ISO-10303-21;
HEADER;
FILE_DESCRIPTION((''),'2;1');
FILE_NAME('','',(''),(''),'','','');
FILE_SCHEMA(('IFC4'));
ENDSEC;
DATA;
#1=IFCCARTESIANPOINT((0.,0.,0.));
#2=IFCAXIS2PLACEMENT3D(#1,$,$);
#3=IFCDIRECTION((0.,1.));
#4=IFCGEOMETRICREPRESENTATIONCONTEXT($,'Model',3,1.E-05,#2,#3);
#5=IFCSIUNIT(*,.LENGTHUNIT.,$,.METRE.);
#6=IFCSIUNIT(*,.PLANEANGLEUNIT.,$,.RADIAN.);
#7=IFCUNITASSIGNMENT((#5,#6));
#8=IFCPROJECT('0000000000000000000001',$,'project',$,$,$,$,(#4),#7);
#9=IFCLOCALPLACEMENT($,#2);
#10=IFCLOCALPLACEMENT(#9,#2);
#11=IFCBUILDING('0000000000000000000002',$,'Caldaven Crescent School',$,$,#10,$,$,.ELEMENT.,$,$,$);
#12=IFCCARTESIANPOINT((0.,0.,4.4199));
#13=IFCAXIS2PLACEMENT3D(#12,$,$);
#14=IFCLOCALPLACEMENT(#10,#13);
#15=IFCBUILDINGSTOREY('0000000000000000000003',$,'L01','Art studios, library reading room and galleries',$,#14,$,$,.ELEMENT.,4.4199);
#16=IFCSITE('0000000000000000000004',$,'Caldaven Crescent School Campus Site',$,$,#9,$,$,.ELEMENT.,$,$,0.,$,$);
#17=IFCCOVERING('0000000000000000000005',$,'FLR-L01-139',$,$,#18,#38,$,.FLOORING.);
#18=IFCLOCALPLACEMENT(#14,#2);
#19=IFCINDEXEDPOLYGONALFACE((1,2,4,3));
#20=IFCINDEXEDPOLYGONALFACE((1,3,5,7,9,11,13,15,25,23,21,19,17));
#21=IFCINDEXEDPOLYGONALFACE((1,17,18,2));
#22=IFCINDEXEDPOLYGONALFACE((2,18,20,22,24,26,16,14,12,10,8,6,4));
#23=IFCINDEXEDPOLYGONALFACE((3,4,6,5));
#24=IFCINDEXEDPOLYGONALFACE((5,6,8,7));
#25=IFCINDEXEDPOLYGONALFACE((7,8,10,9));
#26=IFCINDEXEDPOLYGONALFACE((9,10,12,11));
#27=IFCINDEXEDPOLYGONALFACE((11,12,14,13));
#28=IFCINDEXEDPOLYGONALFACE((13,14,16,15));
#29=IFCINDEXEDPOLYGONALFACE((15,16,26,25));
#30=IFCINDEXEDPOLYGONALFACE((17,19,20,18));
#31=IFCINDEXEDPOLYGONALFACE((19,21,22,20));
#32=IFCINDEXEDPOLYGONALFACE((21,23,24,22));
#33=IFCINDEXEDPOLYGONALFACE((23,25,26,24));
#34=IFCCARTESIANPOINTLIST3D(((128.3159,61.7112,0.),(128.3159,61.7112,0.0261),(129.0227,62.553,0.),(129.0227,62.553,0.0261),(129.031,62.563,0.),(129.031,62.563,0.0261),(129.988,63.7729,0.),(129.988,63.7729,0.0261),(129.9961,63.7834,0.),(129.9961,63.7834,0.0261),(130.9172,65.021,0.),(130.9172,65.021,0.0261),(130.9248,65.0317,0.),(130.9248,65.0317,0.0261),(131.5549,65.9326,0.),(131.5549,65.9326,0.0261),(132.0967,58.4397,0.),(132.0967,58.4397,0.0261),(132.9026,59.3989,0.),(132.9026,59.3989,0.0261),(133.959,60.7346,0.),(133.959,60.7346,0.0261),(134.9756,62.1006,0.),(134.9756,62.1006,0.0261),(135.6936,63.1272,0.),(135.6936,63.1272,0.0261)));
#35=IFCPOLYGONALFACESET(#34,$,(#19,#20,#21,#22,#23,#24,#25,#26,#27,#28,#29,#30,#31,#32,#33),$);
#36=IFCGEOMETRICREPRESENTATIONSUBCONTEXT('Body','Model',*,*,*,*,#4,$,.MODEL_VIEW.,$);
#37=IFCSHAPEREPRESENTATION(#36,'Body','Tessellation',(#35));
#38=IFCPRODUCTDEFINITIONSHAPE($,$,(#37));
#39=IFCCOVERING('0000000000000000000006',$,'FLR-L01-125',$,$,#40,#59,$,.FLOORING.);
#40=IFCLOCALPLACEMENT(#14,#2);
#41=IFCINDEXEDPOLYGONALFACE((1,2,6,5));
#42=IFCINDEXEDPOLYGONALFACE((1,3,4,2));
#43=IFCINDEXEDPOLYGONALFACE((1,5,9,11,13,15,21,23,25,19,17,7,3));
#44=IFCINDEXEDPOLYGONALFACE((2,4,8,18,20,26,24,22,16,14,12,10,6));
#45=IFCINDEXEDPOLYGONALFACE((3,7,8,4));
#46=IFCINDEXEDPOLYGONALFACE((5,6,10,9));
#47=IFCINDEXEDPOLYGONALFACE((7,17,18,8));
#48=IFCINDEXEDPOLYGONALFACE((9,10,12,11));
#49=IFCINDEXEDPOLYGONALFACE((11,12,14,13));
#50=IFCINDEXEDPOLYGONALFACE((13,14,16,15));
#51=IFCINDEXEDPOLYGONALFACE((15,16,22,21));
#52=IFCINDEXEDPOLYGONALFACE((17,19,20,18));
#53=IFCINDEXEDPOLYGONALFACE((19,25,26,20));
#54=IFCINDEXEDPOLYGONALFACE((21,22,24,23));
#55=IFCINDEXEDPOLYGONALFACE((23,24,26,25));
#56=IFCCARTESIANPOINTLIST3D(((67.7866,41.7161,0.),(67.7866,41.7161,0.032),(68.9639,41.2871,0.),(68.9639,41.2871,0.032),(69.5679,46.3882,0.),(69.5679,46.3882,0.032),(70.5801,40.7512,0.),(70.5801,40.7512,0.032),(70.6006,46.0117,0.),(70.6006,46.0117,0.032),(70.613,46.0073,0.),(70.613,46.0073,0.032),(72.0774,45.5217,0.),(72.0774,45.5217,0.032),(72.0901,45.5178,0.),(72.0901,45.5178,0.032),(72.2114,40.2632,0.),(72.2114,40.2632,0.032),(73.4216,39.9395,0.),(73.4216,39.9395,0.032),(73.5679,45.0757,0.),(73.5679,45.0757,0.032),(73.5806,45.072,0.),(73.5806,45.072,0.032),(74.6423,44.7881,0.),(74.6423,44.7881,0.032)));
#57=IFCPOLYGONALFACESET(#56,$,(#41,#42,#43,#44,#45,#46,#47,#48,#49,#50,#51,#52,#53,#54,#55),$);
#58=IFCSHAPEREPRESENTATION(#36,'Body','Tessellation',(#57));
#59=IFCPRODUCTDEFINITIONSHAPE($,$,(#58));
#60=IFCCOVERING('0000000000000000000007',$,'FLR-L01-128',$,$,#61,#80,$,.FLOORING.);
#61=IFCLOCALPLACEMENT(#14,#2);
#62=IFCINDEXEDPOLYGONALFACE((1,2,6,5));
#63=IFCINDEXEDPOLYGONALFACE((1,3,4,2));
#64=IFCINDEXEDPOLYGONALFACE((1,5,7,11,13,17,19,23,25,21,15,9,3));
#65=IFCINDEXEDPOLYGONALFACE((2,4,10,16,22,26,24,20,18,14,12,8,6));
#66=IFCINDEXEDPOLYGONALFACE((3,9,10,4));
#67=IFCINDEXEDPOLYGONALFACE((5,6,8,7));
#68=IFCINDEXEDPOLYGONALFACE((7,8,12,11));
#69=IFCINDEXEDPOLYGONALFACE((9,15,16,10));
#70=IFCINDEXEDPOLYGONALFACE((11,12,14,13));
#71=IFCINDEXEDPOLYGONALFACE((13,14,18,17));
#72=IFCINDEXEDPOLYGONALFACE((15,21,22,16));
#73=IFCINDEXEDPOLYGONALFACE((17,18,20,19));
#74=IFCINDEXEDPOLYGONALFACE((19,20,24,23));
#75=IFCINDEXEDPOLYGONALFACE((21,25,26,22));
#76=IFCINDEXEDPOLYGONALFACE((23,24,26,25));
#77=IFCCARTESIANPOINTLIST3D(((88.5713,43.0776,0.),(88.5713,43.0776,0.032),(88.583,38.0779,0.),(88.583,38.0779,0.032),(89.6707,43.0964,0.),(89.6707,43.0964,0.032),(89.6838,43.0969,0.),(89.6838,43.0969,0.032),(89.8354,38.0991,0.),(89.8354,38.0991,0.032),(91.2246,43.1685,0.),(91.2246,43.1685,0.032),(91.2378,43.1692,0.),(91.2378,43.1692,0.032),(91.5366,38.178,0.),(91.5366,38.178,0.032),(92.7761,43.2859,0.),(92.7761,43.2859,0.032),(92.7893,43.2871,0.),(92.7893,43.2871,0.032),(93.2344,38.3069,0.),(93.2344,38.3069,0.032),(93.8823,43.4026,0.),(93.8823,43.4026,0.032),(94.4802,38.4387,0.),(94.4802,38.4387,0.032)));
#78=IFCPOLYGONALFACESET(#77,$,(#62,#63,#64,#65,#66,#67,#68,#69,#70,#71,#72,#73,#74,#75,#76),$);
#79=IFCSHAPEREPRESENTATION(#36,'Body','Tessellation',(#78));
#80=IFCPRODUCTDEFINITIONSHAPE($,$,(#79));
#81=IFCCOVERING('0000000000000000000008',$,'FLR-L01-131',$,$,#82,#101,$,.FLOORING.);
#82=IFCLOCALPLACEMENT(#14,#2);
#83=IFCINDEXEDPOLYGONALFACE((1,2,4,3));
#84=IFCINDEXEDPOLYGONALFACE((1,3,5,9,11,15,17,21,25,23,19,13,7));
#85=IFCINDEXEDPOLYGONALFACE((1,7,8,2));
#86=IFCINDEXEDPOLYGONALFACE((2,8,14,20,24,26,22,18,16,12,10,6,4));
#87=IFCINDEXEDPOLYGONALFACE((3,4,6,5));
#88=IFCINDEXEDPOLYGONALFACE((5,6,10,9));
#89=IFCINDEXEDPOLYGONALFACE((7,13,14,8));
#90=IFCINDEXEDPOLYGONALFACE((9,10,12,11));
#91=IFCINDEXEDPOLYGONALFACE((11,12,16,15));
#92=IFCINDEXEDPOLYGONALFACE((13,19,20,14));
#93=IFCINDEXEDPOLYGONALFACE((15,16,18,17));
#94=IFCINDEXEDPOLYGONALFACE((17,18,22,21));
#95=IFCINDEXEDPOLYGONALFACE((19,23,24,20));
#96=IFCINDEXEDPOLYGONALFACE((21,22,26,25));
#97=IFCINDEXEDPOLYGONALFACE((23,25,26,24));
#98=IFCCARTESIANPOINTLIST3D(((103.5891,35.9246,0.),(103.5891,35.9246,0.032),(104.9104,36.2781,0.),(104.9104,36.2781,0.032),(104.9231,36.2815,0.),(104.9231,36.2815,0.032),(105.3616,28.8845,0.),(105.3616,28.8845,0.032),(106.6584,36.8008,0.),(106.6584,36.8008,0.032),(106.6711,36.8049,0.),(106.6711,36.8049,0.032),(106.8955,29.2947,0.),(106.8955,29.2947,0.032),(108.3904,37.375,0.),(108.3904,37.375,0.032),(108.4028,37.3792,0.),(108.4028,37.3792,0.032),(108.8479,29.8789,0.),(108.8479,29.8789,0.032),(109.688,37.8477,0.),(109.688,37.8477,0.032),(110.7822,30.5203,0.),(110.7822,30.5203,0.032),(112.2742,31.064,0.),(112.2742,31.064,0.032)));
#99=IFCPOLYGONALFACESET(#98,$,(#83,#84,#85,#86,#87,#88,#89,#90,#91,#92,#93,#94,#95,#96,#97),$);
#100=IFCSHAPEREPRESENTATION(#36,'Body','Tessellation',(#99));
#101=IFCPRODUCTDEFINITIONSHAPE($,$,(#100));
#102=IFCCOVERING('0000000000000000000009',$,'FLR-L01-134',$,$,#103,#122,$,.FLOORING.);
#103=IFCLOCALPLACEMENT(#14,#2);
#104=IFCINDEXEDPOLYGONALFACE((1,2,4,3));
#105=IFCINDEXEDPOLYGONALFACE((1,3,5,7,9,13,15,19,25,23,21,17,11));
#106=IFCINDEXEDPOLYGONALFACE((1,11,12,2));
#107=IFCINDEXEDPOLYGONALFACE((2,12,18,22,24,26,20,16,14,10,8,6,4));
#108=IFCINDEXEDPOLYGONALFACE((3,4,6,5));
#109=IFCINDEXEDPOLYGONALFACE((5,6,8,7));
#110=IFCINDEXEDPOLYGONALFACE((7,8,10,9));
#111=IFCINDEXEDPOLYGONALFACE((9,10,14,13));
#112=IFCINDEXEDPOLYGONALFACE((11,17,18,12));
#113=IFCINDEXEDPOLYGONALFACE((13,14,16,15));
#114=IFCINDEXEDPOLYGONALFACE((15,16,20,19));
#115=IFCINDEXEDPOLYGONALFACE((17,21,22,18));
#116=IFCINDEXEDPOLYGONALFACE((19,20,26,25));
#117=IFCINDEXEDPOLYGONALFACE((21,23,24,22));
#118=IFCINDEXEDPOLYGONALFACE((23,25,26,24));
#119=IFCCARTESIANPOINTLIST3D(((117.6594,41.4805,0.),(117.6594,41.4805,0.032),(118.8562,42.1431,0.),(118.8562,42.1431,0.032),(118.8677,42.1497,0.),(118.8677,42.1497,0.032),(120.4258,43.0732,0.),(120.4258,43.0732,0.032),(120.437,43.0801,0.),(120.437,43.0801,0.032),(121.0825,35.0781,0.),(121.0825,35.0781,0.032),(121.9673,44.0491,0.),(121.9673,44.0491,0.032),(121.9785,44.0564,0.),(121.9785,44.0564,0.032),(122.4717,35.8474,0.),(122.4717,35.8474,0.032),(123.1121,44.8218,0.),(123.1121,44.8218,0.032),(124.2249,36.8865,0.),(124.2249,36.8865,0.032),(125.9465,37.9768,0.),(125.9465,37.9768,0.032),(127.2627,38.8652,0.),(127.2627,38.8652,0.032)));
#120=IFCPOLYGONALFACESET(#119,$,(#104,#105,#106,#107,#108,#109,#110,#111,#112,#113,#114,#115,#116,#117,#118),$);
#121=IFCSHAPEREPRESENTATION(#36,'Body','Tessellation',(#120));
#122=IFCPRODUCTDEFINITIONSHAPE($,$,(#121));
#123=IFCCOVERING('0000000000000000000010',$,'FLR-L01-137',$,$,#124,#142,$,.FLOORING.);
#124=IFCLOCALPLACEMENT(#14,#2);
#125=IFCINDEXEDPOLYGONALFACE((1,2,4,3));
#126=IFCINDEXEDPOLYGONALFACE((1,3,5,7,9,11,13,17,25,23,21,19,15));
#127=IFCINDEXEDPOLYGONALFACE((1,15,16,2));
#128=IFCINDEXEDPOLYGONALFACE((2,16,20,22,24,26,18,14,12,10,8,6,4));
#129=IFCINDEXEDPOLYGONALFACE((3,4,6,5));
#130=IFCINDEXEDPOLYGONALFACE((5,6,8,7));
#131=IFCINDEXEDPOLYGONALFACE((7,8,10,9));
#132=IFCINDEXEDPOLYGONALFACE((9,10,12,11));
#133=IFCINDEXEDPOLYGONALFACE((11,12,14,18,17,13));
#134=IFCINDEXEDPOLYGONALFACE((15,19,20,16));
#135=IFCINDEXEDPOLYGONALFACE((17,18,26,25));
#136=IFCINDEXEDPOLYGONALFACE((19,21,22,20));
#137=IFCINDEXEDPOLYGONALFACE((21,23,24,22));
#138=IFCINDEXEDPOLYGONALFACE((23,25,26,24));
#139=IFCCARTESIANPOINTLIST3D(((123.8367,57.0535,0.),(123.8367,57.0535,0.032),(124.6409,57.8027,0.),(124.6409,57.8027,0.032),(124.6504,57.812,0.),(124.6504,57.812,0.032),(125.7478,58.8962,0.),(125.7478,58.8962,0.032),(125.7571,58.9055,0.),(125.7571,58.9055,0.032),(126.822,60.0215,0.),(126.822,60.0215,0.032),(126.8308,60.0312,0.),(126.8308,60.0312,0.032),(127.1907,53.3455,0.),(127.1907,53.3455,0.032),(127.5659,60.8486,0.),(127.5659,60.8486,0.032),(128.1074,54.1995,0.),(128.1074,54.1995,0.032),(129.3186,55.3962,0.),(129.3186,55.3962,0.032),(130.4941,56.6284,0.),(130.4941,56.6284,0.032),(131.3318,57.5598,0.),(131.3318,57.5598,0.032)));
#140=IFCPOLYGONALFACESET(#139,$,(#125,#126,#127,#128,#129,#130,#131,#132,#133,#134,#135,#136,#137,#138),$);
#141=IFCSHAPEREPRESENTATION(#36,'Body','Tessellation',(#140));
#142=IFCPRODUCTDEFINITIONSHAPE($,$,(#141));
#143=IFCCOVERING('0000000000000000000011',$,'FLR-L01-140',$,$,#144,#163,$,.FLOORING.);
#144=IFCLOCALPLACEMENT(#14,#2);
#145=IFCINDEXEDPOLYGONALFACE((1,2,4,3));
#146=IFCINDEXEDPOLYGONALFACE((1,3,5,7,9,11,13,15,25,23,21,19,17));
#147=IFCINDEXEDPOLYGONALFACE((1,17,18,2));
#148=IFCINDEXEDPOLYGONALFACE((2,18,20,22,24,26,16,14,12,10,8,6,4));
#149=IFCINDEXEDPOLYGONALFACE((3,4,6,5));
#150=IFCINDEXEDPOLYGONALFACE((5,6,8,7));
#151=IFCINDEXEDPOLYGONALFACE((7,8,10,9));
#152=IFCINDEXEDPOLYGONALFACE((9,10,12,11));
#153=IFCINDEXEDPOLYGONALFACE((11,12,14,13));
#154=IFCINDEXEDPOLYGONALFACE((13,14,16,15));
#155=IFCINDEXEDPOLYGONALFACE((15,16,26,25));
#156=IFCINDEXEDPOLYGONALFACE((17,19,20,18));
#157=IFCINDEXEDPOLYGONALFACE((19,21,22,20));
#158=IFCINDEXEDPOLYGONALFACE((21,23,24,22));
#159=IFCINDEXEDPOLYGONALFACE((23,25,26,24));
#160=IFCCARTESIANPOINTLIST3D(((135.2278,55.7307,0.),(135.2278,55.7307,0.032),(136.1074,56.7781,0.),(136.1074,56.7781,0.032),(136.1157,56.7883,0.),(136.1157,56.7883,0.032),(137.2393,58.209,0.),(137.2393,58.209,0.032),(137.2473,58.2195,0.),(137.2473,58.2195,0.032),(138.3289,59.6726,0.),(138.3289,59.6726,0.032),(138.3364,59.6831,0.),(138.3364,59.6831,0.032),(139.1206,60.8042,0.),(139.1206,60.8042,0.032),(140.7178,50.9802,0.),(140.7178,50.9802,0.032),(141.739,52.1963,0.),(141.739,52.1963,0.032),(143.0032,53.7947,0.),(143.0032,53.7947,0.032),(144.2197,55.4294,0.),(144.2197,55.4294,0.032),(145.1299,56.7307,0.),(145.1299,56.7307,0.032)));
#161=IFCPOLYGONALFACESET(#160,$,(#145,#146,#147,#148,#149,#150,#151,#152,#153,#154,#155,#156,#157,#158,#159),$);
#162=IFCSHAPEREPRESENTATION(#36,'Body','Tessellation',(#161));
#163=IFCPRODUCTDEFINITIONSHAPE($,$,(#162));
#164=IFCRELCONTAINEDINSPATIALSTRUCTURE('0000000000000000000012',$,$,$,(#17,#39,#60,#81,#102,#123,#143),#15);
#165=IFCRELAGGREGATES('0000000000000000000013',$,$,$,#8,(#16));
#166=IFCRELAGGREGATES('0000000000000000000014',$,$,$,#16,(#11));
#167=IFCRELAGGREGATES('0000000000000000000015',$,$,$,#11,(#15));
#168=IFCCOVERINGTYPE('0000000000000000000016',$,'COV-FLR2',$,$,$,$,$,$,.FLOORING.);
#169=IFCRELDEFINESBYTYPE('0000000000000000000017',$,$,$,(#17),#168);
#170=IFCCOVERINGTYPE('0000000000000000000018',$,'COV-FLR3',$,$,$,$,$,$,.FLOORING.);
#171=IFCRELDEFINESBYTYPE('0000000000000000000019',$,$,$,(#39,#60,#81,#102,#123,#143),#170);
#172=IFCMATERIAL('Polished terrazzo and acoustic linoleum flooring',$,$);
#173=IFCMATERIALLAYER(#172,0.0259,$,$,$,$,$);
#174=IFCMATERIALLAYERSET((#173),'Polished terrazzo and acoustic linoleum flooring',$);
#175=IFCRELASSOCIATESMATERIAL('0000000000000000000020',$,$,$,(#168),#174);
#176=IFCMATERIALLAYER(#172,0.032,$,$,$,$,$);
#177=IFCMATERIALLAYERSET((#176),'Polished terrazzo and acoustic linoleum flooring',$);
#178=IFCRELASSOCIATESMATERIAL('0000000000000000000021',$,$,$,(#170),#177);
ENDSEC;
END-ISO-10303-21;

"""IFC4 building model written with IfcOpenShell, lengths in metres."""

from ifc_helpers import new_model, si_unit, direction, frame, origin, place, context, subcontext, project, spatial, polyline, outline, extrude, material, layer, layer_set, type_object, element, save


model = new_model("IFC4")

# Units and contexts
model_context = context("Model", 3, precision=1e-05, world=origin(), true_north=direction((0.0, 1.0)))
body_context = subcontext(model_context, "Body", "Model", "MODEL_VIEW")
ifc_project = project(units=[si_unit("LENGTHUNIT", "METRE"), si_unit("PLANEANGLEUNIT", "RADIAN")], contexts=[model_context])

# Site, building, storey
site_placement = place(None, origin())
site = spatial("IfcSite", under=ifc_project, at=site_placement, Name="Caldaven Crescent School Campus Site", CompositionType="ELEMENT", RefElevation=0.0)
building_placement = place(site_placement, origin())
building = spatial("IfcBuilding", under=site, at=building_placement, Name="Caldaven Crescent School", CompositionType="ELEMENT")
storey_placement = place(building_placement, frame((0.0, 0.0, 4.4199)))
storey = spatial("IfcBuildingStorey", under=building, at=storey_placement, Name="L01", Description="Art studios, library reading room and galleries", CompositionType="ELEMENT", Elevation=4.4199)

# Coverings
ifc_material_1 = material(Name="Polished terrazzo and acoustic linoleum flooring")
ifc_layer_1 = layer(ifc_material_1, 0.0259)
ifc_layer_set_1 = layer_set([ifc_layer_1], Name="Polished terrazzo and acoustic linoleum flooring")
covering_type_1 = type_object("IfcCoveringType", Name="COV-FLR2", PredefinedType="FLOORING", material=ifc_layer_set_1)
covering_1_placement = place(storey_placement, origin())
element("IfcCovering", 1, at=covering_1_placement, inside=storey, type_object=covering_type_1, Name="FLR-L01-139", PredefinedType="FLOORING", context=body_context, shape_type="SweptSolid", body=[
    extrude(outline(polyline([(128.3159, 61.7112), (129.0227, 62.553), (129.031, 62.563), (129.988, 63.7729), (129.9961, 63.7834), (130.9172, 65.021), (130.9248, 65.0317), (131.5549, 65.9326), (135.6936, 63.1272), (134.9756, 62.1006), (133.959, 60.7346), (132.9026, 59.3989), (132.0967, 58.4397), (128.3159, 61.7112)])), origin(), (0.0, 0.0, 1.0), 0.0261),
])
ifc_layer_2 = layer(ifc_material_1, 0.032)
ifc_layer_set_2 = layer_set([ifc_layer_2], Name="Polished terrazzo and acoustic linoleum flooring")
covering_type_2 = type_object("IfcCoveringType", Name="COV-FLR3", PredefinedType="FLOORING", material=ifc_layer_set_2)
covering_2_placement = place(storey_placement, origin())
element("IfcCovering", 2, at=covering_2_placement, inside=storey, type_object=covering_type_2, Name="FLR-L01-125", PredefinedType="FLOORING", context=body_context, shape_type="SweptSolid", body=[
    extrude(outline(polyline([(69.5679, 46.3882), (70.6006, 46.0117), (70.613, 46.0073), (72.0774, 45.5217), (72.0901, 45.5178), (73.5679, 45.0757), (73.5806, 45.072), (74.6423, 44.7881), (73.4216, 39.9395), (72.2114, 40.2632), (70.5801, 40.7512), (68.9639, 41.2871), (67.7866, 41.7161), (69.5679, 46.3882)])), origin(), (0.0, 0.0, 1.0), 0.032),
])
covering_3_placement = place(storey_placement, origin())
element("IfcCovering", 3, at=covering_3_placement, inside=storey, type_object=covering_type_2, Name="FLR-L01-128", PredefinedType="FLOORING", context=body_context, shape_type="SweptSolid", body=[
    extrude(outline(polyline([(88.5713, 43.0776), (89.6707, 43.0964), (89.6838, 43.0969), (91.2246, 43.1685), (91.2378, 43.1692), (92.7761, 43.2859), (92.7893, 43.2871), (93.8823, 43.4026), (94.4802, 38.4387), (93.2344, 38.3069), (91.5366, 38.178), (89.8354, 38.0991), (88.583, 38.0779), (88.5713, 43.0776)])), origin(), (0.0, 0.0, 1.0), 0.032),
])
covering_4_placement = place(storey_placement, origin())
element("IfcCovering", 4, at=covering_4_placement, inside=storey, type_object=covering_type_2, Name="FLR-L01-131", PredefinedType="FLOORING", context=body_context, shape_type="SweptSolid", body=[
    extrude(outline(polyline([(103.5891, 35.9246), (104.9104, 36.2781), (104.9231, 36.2815), (106.6584, 36.8008), (106.6711, 36.8049), (108.3904, 37.375), (108.4028, 37.3792), (109.688, 37.8477), (112.2742, 31.064), (110.7822, 30.5203), (108.8479, 29.8789), (106.8955, 29.2947), (105.3616, 28.8845), (103.5891, 35.9246)])), origin(), (0.0, 0.0, 1.0), 0.032),
])
covering_5_placement = place(storey_placement, origin())
element("IfcCovering", 5, at=covering_5_placement, inside=storey, type_object=covering_type_2, Name="FLR-L01-134", PredefinedType="FLOORING", context=body_context, shape_type="SweptSolid", body=[
    extrude(outline(polyline([(117.6594, 41.4805), (118.8562, 42.1431), (118.8677, 42.1497), (120.4258, 43.0732), (120.437, 43.0801), (121.9673, 44.0491), (121.9785, 44.0564), (123.1121, 44.8218), (127.2627, 38.8652), (125.9465, 37.9768), (124.2249, 36.8865), (122.4717, 35.8474), (121.0825, 35.0781), (117.6594, 41.4805)])), origin(), (0.0, 0.0, 1.0), 0.032),
])
covering_6_placement = place(storey_placement, origin())
element("IfcCovering", 6, at=covering_6_placement, inside=storey, type_object=covering_type_2, Name="FLR-L01-137", PredefinedType="FLOORING", context=body_context, shape_type="SweptSolid", body=[
    extrude(outline(polyline([(123.8367, 57.0535), (124.6409, 57.8027), (124.6504, 57.812), (125.7478, 58.8962), (125.7571, 58.9055), (126.822, 60.0215), (126.8308, 60.0312), (127.5659, 60.8486), (131.3318, 57.5598), (130.4941, 56.6284), (129.3186, 55.3962), (128.1074, 54.1995), (127.1907, 53.3455), (123.8367, 57.0535)])), origin(), (0.0, 0.0, 1.0), 0.032),
])
covering_7_placement = place(storey_placement, origin())
element("IfcCovering", 7, at=covering_7_placement, inside=storey, type_object=covering_type_2, Name="FLR-L01-140", PredefinedType="FLOORING", context=body_context, shape_type="SweptSolid", body=[
    extrude(outline(polyline([(135.2278, 55.7307), (136.1074, 56.7781), (136.1157, 56.7883), (137.2393, 58.209), (137.2473, 58.2195), (138.3289, 59.6726), (138.3364, 59.6831), (139.1206, 60.8042), (145.1299, 56.7307), (144.2197, 55.4294), (143.0032, 53.7947), (141.739, 52.1963), (140.7178, 50.9802), (135.2278, 55.7307)])), origin(), (0.0, 0.0, 1.0), 0.032),
])

save(model, "model.ifc")
